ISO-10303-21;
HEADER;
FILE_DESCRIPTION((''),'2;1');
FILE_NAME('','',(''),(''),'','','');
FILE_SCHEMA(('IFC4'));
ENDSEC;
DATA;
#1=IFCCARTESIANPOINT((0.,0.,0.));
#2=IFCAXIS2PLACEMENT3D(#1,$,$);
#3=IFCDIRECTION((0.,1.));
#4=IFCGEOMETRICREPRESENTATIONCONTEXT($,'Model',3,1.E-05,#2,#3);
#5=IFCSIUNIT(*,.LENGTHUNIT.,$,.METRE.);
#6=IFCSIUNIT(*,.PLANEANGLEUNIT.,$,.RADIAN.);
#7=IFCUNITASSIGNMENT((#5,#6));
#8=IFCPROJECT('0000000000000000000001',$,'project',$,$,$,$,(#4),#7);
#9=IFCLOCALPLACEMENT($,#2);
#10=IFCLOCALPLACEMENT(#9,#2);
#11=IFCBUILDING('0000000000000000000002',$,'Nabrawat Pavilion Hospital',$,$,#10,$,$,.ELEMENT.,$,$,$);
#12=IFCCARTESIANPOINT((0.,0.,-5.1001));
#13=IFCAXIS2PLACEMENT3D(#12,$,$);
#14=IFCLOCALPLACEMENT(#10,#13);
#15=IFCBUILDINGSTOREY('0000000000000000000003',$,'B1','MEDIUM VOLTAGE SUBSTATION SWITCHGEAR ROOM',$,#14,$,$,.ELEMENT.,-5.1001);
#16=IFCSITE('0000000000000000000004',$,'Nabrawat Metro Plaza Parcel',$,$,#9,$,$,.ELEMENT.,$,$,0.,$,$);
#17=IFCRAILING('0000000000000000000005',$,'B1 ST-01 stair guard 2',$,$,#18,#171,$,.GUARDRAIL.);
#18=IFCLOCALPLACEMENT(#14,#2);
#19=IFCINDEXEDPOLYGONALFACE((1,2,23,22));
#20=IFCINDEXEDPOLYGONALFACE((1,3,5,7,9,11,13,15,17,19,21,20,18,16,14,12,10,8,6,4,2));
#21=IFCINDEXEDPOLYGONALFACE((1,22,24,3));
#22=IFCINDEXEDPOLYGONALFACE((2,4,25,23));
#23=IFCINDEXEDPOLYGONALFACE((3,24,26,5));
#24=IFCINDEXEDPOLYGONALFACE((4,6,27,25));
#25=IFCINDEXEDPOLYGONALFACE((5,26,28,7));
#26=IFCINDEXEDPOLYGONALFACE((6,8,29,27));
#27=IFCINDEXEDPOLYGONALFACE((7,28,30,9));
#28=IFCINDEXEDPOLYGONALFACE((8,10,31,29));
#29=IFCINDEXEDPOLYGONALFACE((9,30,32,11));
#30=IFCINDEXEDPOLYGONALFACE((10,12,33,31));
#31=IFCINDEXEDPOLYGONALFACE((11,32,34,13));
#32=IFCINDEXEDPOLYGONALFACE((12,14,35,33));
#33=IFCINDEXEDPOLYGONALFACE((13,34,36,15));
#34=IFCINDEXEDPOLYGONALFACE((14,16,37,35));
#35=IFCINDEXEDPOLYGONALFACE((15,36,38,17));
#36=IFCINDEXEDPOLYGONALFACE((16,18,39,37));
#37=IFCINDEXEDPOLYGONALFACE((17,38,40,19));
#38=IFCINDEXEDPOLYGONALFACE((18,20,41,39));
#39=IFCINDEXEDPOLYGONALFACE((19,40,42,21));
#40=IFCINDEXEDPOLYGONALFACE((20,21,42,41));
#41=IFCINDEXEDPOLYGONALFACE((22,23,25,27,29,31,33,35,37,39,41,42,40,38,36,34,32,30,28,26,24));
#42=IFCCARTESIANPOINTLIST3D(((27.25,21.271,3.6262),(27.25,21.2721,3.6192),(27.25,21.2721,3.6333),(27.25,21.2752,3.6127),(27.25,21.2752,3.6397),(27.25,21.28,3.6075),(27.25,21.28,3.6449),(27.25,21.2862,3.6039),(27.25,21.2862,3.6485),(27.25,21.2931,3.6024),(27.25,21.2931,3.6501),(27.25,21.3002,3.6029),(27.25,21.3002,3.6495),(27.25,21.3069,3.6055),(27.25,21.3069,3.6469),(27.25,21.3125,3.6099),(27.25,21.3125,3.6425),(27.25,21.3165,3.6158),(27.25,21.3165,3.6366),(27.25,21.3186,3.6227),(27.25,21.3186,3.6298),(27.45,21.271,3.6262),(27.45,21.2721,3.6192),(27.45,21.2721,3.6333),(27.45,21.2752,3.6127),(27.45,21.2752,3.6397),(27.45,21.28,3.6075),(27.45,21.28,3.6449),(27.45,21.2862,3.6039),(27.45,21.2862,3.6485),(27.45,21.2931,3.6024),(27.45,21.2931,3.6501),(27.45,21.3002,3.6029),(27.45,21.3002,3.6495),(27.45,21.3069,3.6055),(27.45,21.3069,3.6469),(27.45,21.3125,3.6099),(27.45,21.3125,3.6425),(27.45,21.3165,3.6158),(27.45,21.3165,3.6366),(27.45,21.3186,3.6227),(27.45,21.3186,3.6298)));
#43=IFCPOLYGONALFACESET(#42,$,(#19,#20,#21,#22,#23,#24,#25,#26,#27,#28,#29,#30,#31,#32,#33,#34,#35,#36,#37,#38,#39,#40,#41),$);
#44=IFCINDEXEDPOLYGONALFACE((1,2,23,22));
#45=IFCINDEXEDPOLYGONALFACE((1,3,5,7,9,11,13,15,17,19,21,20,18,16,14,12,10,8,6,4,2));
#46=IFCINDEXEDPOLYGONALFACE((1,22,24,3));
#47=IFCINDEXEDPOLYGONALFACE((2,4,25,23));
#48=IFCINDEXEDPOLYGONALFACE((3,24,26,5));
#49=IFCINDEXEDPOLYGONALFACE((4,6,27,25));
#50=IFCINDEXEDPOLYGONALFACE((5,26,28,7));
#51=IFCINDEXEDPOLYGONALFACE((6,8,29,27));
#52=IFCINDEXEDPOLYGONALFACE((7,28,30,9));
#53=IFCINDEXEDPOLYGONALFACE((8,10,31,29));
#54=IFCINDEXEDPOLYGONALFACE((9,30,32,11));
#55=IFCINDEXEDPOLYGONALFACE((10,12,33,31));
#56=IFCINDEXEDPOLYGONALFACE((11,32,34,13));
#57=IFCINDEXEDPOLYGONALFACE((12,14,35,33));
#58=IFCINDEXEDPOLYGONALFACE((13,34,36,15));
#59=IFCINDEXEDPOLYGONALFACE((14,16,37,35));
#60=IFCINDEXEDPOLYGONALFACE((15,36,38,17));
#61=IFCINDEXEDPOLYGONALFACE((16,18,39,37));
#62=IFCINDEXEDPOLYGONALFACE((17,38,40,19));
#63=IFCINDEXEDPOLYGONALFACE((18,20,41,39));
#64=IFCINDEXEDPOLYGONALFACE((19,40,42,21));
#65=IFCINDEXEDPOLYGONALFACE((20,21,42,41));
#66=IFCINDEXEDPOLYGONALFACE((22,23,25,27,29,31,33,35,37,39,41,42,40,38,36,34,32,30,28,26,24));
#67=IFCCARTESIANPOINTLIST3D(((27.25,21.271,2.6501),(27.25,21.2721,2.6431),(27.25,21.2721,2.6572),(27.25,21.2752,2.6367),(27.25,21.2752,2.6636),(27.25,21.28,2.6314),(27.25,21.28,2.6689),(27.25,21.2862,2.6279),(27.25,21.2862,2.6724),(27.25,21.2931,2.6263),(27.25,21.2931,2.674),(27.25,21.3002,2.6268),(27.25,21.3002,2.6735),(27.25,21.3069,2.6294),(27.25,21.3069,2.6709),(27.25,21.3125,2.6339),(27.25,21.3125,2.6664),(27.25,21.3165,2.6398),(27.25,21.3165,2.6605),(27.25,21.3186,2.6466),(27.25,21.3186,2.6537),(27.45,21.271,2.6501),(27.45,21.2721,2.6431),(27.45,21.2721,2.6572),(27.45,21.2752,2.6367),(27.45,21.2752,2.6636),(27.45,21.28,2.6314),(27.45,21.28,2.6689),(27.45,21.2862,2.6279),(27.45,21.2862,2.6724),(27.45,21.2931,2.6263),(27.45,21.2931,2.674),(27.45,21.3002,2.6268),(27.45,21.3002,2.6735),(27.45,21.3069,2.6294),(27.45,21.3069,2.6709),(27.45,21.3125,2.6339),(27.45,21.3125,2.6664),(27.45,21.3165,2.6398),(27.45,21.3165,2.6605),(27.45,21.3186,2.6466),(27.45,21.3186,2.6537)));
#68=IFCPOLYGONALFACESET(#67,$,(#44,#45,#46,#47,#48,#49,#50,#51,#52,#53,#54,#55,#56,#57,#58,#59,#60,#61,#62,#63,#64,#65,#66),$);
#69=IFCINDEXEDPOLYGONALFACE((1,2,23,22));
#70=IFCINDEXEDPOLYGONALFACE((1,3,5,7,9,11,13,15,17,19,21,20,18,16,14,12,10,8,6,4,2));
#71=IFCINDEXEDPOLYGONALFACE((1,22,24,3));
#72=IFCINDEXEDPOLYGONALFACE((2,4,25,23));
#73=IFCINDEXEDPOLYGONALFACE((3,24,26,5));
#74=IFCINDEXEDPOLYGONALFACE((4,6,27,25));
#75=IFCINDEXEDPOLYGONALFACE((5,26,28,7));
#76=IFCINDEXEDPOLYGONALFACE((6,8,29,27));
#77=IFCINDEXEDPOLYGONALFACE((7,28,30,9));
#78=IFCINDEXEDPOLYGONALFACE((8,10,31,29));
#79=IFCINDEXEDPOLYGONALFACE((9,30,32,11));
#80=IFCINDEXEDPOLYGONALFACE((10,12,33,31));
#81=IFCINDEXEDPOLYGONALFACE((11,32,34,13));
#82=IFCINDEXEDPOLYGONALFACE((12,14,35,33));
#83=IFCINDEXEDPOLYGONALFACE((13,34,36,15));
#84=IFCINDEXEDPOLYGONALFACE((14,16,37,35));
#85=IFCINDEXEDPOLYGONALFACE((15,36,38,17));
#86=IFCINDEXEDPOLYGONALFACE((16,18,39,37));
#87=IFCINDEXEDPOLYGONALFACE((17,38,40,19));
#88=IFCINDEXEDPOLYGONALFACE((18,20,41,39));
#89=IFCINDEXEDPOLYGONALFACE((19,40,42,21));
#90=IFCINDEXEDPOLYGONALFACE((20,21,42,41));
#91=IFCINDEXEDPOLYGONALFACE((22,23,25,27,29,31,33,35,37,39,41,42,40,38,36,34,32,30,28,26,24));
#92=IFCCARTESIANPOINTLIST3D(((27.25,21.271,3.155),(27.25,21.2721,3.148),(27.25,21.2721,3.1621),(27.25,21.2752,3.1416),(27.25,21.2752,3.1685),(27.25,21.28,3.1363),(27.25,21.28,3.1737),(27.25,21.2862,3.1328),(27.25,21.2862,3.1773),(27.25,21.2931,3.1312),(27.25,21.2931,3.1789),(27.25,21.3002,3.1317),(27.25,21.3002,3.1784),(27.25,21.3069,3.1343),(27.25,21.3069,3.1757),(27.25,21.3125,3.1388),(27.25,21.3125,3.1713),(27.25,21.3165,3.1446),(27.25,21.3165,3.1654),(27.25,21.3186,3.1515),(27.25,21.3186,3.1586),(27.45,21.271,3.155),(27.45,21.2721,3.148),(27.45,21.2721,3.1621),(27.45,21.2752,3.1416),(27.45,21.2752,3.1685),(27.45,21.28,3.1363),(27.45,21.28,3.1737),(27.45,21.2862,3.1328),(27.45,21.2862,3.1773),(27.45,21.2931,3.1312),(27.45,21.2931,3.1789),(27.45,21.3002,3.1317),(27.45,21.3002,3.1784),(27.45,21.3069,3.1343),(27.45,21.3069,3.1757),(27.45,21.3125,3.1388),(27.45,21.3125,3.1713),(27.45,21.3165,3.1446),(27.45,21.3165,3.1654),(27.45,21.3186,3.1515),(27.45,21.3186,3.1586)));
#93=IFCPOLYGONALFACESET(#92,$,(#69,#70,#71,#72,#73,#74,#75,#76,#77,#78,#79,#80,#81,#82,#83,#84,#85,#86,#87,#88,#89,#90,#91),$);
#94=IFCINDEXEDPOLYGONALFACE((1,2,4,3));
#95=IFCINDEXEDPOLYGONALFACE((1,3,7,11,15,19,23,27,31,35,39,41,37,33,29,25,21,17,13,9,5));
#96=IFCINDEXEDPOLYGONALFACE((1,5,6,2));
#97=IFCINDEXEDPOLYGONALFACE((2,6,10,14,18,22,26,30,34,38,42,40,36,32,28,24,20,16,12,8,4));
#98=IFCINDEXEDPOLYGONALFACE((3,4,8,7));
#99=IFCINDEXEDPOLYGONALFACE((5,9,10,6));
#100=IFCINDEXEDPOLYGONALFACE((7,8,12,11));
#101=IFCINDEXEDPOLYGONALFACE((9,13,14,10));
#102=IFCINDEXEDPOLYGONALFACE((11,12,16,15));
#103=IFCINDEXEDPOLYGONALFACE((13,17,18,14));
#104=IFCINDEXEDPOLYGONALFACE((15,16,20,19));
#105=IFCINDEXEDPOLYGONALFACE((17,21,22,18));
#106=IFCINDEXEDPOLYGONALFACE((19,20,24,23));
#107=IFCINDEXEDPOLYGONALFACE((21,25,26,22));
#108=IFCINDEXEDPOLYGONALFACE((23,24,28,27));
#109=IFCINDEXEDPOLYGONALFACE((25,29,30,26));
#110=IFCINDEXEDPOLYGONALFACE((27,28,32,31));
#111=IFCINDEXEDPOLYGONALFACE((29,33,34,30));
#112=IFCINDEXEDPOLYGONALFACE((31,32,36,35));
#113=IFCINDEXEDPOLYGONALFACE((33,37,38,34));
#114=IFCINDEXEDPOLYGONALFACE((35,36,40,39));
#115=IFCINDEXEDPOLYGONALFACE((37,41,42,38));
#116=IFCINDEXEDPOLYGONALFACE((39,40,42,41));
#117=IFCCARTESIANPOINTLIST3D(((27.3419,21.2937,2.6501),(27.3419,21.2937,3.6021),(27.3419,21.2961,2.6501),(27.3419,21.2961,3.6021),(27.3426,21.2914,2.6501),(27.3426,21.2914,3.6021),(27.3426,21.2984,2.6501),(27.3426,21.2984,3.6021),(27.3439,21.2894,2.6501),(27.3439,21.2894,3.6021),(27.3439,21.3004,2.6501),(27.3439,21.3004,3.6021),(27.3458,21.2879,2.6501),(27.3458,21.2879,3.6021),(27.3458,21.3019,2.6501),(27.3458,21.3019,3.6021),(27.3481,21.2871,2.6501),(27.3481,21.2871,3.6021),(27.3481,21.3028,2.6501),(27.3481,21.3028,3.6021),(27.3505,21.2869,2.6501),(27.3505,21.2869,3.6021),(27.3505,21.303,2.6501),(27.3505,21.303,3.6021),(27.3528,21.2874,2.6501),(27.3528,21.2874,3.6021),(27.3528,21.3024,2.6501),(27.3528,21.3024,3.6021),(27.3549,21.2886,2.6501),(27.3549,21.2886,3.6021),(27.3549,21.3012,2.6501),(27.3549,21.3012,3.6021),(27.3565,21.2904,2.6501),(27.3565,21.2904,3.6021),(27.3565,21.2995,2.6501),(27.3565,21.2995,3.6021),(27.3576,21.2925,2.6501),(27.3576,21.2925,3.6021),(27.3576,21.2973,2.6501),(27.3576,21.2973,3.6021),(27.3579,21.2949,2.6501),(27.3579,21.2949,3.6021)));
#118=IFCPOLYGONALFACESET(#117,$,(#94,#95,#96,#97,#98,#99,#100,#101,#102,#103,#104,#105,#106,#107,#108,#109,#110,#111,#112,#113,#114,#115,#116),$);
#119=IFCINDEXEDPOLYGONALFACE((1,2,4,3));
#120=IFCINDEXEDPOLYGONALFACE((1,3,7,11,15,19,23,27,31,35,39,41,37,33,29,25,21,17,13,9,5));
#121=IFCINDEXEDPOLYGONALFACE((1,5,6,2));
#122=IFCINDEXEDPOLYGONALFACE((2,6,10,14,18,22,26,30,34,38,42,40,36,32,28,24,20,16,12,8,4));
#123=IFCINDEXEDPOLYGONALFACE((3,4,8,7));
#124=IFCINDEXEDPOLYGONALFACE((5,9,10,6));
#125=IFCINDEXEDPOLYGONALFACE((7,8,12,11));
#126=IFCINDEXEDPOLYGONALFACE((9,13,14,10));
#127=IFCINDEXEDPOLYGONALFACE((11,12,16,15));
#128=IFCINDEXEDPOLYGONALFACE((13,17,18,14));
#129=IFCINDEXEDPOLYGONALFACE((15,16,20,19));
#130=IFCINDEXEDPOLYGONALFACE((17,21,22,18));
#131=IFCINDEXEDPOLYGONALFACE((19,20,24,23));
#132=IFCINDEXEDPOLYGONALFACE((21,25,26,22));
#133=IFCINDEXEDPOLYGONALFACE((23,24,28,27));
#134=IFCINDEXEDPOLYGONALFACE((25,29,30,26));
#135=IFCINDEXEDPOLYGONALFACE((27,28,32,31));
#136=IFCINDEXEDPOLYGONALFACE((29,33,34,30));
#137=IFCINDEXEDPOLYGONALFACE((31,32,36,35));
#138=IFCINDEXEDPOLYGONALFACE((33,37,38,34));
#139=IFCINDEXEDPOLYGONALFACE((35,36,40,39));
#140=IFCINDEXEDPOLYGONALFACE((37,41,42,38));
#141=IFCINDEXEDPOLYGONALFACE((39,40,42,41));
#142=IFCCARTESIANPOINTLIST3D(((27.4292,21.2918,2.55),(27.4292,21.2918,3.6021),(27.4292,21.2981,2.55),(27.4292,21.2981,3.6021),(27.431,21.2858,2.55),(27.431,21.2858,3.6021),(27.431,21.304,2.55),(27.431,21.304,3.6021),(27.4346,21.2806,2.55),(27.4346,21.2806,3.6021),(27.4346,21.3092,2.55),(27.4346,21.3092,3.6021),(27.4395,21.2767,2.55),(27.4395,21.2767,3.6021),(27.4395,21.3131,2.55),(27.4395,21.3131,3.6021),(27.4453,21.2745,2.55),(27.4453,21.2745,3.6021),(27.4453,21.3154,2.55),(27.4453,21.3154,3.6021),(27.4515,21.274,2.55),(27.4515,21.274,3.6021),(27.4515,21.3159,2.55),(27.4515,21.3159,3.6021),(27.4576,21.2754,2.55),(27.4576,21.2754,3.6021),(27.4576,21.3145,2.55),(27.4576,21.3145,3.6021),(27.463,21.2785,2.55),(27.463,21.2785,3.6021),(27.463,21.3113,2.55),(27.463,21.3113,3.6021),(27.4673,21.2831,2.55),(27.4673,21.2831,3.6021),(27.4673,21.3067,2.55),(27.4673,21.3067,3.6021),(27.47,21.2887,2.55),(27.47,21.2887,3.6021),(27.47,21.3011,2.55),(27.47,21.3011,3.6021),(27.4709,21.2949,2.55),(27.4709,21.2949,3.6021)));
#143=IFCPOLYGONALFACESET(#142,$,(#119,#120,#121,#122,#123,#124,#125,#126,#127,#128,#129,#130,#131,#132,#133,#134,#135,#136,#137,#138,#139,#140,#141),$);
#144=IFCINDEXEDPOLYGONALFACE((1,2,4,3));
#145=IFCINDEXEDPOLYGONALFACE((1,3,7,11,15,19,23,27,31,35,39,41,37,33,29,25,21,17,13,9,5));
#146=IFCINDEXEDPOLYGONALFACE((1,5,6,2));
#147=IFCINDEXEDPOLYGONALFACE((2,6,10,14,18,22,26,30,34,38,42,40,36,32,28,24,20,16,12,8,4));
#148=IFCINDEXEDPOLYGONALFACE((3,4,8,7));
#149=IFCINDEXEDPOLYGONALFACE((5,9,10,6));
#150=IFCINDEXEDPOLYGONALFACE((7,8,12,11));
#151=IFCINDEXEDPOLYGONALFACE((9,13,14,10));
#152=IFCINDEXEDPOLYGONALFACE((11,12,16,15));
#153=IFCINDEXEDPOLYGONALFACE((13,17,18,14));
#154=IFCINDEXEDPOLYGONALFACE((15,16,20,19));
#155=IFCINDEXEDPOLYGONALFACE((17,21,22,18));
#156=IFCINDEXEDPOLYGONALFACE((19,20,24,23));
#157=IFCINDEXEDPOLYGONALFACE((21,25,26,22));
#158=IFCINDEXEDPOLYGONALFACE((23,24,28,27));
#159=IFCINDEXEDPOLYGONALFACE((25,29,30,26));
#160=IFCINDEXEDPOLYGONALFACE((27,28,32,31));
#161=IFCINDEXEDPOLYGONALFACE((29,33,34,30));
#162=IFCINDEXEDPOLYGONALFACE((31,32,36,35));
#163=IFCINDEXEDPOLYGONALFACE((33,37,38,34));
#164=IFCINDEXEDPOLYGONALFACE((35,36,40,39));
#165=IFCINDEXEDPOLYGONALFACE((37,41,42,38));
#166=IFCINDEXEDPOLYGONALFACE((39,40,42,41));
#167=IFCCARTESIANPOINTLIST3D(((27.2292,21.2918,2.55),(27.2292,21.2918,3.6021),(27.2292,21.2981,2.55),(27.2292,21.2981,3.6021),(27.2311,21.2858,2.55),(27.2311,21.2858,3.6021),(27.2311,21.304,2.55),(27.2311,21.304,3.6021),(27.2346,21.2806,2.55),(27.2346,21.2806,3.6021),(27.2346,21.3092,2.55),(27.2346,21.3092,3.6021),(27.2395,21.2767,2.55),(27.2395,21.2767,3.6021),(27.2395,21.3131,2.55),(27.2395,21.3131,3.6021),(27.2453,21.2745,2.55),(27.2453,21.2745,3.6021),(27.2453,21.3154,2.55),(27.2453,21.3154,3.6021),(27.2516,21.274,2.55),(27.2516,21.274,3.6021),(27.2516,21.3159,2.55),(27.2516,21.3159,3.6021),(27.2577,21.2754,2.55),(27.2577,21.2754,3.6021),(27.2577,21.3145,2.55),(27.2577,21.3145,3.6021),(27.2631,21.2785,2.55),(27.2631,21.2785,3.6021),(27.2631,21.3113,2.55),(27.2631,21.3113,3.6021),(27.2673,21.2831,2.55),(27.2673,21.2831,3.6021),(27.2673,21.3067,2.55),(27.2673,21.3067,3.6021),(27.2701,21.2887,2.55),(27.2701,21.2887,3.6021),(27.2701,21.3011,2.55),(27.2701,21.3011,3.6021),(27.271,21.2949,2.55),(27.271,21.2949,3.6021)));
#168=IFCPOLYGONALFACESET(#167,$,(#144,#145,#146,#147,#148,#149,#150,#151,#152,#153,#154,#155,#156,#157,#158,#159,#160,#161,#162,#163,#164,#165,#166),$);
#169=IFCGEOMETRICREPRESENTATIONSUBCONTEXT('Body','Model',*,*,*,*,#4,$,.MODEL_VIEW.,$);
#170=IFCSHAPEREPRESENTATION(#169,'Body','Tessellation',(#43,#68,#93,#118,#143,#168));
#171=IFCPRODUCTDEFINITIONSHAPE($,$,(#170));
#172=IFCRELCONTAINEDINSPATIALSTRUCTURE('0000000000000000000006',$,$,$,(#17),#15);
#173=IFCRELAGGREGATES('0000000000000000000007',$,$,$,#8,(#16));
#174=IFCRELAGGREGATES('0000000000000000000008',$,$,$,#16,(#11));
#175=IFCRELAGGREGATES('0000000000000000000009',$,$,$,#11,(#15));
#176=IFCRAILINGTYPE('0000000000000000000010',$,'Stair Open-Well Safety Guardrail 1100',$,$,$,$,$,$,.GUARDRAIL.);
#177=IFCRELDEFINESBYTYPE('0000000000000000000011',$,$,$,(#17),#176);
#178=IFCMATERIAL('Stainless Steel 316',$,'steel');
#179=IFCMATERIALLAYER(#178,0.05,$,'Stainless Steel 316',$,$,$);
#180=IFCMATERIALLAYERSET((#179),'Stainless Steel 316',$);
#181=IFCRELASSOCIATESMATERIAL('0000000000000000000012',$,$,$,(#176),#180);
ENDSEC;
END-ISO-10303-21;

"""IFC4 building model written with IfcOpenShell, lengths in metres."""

from ifc_helpers import new_model, si_unit, direction, frame, origin, origin_2d, place, context, subcontext, project, spatial, circle, extrude, material, layer, layer_set, type_object, element, save


model = new_model("IFC4")

# Units and contexts
model_context = context("Model", 3, precision=1e-05, world=origin(), true_north=direction((0.0, 1.0)))
body_context = subcontext(model_context, "Body", "Model", "MODEL_VIEW")
ifc_project = project(units=[si_unit("LENGTHUNIT", "METRE"), si_unit("PLANEANGLEUNIT", "RADIAN")], contexts=[model_context])

# Site, building, storey
site_placement = place(None, origin())
site = spatial("IfcSite", under=ifc_project, at=site_placement, Name="Nabrawat Metro Plaza Parcel", CompositionType="ELEMENT", RefElevation=0.0)
building_placement = place(site_placement, origin())
building = spatial("IfcBuilding", under=site, at=building_placement, Name="Nabrawat Pavilion Hospital", CompositionType="ELEMENT")
storey_placement = place(building_placement, frame((0.0, 0.0, -5.1001)))
storey = spatial("IfcBuildingStorey", under=building, at=storey_placement, Name="B1", Description="MEDIUM VOLTAGE SUBSTATION SWITCHGEAR ROOM", CompositionType="ELEMENT", Elevation=-5.1001)

# Railing
ifc_material_1 = material(Name="Stainless Steel 316", Category="steel")
ifc_layer_1 = layer(ifc_material_1, 0.05, Name="Stainless Steel 316")
ifc_layer_set_1 = layer_set([ifc_layer_1], Name="Stainless Steel 316")
railing_type = type_object("IfcRailingType", Name="Stair Open-Well Safety Guardrail 1100", PredefinedType="GUARDRAIL", material=ifc_layer_set_1)
railing_1_placement = place(storey_placement, frame((27.45, 21.2949, 2.55)))
element("IfcRailing", 1, at=railing_1_placement, inside=storey, type_object=railing_type, Name="B1 ST-01 stair guard 2", PredefinedType="GUARDRAIL", context=body_context, shape_type="SweptSolid", body=[
    extrude(circle(Radius=0.0239, at=origin_2d()), frame((0.0, 0.0, 1.0762), z_axis=(-1.0, 0.0, 0.0), x_axis=(0.0, -1.0, 0.0)), (0.0, 0.0, 1.0), 0.2),
    extrude(circle(Radius=0.0239, at=origin_2d()), frame((0.0, 0.0, 0.1001), z_axis=(-1.0, 0.0, 0.0), x_axis=(0.0, -1.0, 0.0)), (0.0, 0.0, 1.0), 0.2),
    extrude(circle(Radius=0.0239, at=origin_2d()), frame((0.0, 0.0, 0.605), z_axis=(-1.0, 0.0, 0.0), x_axis=(0.0, -1.0, 0.0)), (0.0, 0.0, 1.0), 0.2),
    extrude(circle(Radius=0.0081, at=origin_2d()), frame((-0.1001, 0.0, 0.1001)), (0.0, 0.0, 1.0), 0.9519),
    extrude(circle(Radius=0.021, at=origin_2d()), origin(), (0.0, 0.0, 1.0), 1.052),
    extrude(circle(Radius=0.021, at=origin_2d()), frame((-0.2, 0.0, 0.0)), (0.0, 0.0, 1.0), 1.052),
])

save(model, "model.ifc")
